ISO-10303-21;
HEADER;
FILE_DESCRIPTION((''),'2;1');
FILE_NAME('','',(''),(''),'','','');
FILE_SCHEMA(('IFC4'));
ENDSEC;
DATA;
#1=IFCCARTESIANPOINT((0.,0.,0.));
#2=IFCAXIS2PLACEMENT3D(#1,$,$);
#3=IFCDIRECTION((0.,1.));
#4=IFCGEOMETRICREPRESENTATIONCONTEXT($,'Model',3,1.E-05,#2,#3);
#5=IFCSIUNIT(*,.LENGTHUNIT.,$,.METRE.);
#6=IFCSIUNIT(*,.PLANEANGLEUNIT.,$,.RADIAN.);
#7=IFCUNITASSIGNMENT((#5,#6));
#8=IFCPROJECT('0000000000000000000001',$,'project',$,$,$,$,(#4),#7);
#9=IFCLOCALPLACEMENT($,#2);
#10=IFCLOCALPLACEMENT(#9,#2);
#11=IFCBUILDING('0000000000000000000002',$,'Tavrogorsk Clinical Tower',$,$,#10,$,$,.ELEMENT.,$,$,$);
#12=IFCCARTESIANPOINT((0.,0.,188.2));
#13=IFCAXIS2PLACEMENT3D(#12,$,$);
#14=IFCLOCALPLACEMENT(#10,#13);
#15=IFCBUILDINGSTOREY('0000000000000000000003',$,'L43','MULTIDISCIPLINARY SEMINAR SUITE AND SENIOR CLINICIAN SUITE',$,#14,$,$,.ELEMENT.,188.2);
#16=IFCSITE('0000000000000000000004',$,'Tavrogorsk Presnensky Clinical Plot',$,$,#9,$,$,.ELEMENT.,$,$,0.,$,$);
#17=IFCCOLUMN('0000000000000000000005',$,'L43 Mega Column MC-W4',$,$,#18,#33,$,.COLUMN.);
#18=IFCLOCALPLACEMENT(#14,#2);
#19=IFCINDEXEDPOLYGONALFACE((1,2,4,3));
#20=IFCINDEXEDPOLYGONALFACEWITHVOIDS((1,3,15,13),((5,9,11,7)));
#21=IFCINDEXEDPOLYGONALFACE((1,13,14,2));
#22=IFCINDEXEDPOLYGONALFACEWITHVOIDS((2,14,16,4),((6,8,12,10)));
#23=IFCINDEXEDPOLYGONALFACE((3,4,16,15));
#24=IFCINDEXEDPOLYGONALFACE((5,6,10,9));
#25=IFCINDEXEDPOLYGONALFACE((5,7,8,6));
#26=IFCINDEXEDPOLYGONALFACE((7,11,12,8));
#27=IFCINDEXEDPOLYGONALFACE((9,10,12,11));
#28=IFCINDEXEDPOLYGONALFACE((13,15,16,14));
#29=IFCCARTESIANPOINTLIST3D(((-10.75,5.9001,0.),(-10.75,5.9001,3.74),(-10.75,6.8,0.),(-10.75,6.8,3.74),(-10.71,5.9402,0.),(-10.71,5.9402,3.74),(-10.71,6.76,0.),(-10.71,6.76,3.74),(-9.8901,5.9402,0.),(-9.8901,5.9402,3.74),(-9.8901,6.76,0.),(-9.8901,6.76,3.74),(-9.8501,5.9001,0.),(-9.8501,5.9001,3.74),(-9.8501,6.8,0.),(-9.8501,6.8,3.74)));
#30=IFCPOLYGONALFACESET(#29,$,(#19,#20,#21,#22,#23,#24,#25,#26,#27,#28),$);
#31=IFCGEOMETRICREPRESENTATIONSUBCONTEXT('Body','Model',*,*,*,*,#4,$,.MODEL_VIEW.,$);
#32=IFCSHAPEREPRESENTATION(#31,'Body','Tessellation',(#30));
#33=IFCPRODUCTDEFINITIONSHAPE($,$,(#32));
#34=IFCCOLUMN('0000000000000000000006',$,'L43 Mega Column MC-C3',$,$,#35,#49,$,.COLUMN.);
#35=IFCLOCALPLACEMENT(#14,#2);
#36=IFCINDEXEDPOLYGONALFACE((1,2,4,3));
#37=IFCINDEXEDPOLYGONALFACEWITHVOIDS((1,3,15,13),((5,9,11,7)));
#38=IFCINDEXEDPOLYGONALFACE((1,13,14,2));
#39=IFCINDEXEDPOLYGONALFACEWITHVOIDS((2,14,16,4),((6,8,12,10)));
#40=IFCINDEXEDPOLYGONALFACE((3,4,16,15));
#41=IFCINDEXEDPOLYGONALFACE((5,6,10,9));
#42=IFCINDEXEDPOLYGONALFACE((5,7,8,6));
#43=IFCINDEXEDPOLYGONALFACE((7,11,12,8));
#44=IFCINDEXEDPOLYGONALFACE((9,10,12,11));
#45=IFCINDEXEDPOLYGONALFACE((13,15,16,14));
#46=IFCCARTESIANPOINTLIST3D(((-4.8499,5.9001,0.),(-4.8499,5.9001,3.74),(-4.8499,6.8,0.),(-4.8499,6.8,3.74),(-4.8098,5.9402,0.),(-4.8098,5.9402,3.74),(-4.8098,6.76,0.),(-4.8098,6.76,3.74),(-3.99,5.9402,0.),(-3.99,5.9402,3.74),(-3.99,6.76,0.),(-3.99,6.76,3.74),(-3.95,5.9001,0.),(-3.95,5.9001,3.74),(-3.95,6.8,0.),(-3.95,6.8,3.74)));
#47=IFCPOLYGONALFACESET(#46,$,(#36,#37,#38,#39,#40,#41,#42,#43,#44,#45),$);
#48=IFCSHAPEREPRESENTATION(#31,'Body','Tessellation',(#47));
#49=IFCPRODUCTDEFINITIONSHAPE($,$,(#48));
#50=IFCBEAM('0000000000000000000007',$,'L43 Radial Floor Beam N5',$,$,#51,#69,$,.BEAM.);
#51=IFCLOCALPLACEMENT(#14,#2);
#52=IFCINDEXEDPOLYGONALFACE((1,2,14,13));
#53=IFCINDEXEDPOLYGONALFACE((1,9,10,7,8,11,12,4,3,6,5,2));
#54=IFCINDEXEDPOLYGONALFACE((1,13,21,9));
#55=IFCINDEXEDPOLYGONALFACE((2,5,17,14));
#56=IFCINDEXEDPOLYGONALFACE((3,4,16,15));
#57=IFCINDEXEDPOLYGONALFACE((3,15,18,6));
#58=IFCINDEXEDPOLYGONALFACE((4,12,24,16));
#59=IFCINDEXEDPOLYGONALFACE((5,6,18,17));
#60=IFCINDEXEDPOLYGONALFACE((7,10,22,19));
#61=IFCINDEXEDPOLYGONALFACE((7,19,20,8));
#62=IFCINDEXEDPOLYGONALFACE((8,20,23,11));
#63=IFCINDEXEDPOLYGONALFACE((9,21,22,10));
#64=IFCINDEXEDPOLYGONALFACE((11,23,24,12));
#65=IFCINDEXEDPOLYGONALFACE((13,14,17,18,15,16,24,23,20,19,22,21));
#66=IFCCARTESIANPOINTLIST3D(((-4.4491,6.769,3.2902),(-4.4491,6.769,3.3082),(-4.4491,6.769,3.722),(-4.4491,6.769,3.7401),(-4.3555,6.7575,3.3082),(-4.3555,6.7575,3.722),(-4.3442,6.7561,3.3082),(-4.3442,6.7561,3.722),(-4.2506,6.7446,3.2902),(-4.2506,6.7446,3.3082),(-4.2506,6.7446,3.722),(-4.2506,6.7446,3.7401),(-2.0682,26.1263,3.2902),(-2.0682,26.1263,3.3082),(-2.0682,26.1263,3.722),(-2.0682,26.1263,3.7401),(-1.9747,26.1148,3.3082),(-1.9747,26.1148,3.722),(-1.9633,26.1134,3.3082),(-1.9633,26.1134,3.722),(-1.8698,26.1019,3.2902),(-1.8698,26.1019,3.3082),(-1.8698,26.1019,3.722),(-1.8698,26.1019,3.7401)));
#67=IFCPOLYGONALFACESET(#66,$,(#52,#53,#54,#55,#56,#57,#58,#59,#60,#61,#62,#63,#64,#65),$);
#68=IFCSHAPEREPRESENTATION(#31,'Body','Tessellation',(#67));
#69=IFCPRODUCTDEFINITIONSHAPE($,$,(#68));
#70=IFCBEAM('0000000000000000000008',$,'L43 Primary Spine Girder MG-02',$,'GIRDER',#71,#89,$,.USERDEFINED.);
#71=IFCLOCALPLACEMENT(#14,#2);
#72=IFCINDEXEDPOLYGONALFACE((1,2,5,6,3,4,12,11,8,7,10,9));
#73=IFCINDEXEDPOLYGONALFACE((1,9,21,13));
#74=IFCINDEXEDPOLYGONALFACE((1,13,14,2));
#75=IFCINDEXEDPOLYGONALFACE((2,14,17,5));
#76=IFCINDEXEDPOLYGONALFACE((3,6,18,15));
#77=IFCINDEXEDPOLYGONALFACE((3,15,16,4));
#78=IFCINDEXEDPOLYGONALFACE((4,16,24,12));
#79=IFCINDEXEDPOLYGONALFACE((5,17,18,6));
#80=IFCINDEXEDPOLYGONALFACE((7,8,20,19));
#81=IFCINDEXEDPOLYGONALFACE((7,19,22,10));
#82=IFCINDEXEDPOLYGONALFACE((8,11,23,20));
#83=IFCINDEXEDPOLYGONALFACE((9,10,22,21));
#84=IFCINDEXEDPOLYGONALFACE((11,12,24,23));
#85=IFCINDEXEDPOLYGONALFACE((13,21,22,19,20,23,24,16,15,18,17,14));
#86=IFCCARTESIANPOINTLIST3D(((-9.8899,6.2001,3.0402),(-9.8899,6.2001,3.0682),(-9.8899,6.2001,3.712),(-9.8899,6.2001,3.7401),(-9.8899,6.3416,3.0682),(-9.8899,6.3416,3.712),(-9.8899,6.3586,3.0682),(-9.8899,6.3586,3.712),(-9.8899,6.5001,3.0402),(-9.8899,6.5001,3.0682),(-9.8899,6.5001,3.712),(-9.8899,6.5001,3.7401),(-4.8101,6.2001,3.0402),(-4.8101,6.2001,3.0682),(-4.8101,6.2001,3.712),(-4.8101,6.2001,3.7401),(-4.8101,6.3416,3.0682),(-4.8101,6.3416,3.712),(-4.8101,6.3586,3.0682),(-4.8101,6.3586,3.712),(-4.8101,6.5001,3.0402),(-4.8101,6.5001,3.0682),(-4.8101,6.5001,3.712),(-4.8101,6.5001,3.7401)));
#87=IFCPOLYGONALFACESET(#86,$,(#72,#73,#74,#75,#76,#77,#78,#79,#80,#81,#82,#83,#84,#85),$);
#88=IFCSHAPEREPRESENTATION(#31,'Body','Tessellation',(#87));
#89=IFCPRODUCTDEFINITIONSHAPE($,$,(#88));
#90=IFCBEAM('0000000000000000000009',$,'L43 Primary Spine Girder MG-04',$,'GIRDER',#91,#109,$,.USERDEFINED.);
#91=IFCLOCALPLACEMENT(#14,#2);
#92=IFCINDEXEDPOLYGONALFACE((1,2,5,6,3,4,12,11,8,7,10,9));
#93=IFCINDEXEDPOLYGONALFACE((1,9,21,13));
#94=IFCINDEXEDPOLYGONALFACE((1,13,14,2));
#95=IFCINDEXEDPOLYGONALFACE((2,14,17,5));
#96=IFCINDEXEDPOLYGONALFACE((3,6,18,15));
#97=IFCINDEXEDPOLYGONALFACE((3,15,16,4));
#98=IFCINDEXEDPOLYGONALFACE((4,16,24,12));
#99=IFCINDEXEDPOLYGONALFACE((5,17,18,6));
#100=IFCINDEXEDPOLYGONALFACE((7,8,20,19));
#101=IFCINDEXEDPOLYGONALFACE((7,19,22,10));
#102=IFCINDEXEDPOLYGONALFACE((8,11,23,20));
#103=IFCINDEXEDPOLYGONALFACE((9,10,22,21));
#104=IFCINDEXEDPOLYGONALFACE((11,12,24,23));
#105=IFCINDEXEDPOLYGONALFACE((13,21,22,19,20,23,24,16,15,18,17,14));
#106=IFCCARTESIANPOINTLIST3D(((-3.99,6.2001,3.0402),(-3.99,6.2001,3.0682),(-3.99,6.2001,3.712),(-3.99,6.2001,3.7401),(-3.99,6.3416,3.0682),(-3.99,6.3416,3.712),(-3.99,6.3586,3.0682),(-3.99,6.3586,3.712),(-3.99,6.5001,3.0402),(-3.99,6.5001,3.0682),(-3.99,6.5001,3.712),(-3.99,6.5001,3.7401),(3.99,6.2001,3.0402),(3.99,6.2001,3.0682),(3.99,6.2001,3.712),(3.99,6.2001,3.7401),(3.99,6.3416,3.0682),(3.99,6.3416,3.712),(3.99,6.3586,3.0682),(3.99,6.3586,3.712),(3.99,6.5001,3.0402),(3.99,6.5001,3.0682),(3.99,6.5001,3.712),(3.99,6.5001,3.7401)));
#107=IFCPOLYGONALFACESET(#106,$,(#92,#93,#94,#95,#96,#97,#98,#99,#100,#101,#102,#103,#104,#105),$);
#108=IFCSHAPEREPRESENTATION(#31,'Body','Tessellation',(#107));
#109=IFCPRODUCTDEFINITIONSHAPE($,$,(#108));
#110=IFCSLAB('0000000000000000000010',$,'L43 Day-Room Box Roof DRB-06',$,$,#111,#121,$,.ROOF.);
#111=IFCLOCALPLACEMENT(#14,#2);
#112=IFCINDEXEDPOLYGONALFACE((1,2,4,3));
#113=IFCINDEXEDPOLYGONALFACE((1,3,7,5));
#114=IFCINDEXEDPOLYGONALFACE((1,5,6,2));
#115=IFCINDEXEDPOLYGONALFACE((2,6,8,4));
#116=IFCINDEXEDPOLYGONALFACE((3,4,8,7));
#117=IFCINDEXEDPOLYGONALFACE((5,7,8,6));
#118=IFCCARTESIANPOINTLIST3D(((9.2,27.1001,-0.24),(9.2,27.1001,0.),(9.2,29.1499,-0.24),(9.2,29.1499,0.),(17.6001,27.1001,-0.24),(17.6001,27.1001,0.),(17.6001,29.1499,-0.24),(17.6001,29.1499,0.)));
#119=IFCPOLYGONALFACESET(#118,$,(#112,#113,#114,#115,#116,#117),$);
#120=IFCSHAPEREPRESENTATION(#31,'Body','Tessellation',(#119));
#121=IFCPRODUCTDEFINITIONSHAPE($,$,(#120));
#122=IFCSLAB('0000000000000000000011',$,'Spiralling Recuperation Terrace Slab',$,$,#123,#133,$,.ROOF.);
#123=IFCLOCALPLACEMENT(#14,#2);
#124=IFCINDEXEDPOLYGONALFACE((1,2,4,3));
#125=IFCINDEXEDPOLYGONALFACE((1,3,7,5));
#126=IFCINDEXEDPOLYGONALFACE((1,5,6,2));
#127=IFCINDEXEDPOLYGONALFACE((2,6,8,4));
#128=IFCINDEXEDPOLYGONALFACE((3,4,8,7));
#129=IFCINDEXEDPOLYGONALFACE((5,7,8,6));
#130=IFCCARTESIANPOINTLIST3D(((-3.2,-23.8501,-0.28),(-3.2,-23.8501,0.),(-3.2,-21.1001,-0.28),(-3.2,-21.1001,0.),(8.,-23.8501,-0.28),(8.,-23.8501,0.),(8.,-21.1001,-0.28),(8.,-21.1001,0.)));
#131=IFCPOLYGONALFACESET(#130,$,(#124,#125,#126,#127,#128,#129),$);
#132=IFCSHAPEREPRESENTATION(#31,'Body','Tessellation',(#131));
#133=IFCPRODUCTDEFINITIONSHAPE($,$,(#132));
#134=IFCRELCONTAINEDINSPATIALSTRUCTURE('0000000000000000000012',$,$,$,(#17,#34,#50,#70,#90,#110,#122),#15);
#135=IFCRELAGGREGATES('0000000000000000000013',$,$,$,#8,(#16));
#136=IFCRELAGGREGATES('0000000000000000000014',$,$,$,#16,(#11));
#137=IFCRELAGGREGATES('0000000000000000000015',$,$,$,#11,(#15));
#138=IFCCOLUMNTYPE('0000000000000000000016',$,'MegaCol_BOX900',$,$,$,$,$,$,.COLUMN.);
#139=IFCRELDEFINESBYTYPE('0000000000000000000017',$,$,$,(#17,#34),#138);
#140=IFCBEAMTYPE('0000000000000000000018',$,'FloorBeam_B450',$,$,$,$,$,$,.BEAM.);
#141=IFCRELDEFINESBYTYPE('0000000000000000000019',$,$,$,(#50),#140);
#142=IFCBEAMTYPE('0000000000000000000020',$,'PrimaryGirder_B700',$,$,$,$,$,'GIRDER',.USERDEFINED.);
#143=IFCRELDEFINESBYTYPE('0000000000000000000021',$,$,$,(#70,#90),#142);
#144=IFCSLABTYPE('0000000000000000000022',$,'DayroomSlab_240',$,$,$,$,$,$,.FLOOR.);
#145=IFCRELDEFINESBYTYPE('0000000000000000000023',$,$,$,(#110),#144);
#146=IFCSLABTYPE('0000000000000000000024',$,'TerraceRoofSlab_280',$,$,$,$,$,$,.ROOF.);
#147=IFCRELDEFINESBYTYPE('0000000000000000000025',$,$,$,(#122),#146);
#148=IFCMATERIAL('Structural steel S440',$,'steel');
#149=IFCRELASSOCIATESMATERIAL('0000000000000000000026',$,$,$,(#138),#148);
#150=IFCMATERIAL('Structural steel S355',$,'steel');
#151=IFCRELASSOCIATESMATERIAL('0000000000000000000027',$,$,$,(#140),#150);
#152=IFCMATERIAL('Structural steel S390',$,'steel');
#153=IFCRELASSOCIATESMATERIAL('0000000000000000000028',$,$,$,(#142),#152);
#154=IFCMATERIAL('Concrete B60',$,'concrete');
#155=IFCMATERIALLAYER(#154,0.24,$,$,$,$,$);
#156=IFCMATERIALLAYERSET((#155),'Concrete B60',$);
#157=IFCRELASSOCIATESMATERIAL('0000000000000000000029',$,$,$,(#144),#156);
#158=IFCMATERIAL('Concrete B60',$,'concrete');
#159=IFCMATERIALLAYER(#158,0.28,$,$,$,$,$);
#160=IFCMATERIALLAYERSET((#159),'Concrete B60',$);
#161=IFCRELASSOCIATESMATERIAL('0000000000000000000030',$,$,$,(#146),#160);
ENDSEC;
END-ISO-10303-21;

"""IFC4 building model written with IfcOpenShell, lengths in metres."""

from ifc_helpers import new_model, si_unit, direction, frame, origin, origin_2d, place, context, subcontext, project, spatial, polyline, hollow_rectangle, i_section, outline, extrude, material, layer, layer_set, material_profile, profile_set, type_object, element, save


model = new_model("IFC4")

# Units and contexts
model_context = context("Model", 3, precision=1e-05, world=origin(), true_north=direction((0.0, 1.0)))
body_context = subcontext(model_context, "Body", "Model", "MODEL_VIEW")
ifc_project = project(units=[si_unit("LENGTHUNIT", "METRE"), si_unit("PLANEANGLEUNIT", "RADIAN")], contexts=[model_context])

# Site, building, storey
site_placement = place(None, origin())
site = spatial("IfcSite", under=ifc_project, at=site_placement, Name="Tavrogorsk Presnensky Clinical Plot", CompositionType="ELEMENT", RefElevation=0.0)
building_placement = place(site_placement, origin())
building = spatial("IfcBuilding", under=site, at=building_placement, Name="Tavrogorsk Clinical Tower", CompositionType="ELEMENT")
storey_placement = place(building_placement, frame((0.0, 0.0, 188.2)))
storey = spatial("IfcBuildingStorey", under=building, at=storey_placement, Name="L43", Description="MULTIDISCIPLINARY SEMINAR SUITE AND SENIOR CLINICIAN SUITE", CompositionType="ELEMENT", Elevation=188.2)

# Columns
ifc_material_1 = material(Name="Structural steel S440", Category="steel")
ifc_material_profile_1 = material_profile(ifc_material_1, hollow_rectangle(XDim=0.8999, YDim=0.8999, WallThickness=0.04, at=origin_2d()), Name="BOX-900x900x40")
ifc_profile_set_1 = profile_set([ifc_material_profile_1], Name="Structural steel S440")
column_type = type_object("IfcColumnType", Name="MegaCol_BOX900", PredefinedType="COLUMN", material=ifc_profile_set_1)
for number, where, z_axis, x_axis, name in (
    (1, (-10.3, 6.3501, 0.0), (0.0, 0.0, 1.0), (1.0, 0.0, 0.0), "L43 Mega Column MC-W4"),
    (2, (-4.3999, 6.3501, 0.0), (0.0, 0.0, 1.0), (1.0, 0.0, 0.0), "L43 Mega Column MC-C3"),
):
    element("IfcColumn", number, at=place(storey_placement, frame(where, z_axis=z_axis, x_axis=x_axis)), inside=storey, type_object=column_type, Name=name, PredefinedType="COLUMN", context=body_context, shape_type="SweptSolid", body=[
        extrude(hollow_rectangle(XDim=0.8999, YDim=0.8999, WallThickness=0.04, at=origin_2d()), origin(), (0.0, 0.0, 1.0), 3.74),
    ])

# Beams
ifc_material_2 = material(Name="Structural steel S355", Category="steel")
ifc_material_profile_2 = material_profile(ifc_material_2, i_section(OverallWidth=0.2, OverallDepth=0.45, WebThickness=0.0115, FlangeThickness=0.0181, at=origin_2d()), Name="B-450x200x11.5x18")
ifc_profile_set_2 = profile_set([ifc_material_profile_2], Name="Structural steel S355")
beam_type_1 = type_object("IfcBeamType", Name="FloorBeam_B450", PredefinedType="BEAM", material=ifc_profile_set_2)
beam_1_placement = place(storey_placement, frame((-4.3499, 6.7568, 3.5151), z_axis=(0.122075, 0.992521, 0.0), x_axis=(-0.992521, 0.122075, 0.0)))
element("IfcBeam", 3, at=beam_1_placement, inside=storey, type_object=beam_type_1, Name="L43 Radial Floor Beam N5", PredefinedType="BEAM", context=body_context, shape_type="SweptSolid", body=[
    extrude(i_section(OverallWidth=0.2, OverallDepth=0.45, WebThickness=0.0115, FlangeThickness=0.0181, at=origin_2d()), origin(), (0.0, 0.0, 1.0), 19.5032),
])
ifc_material_3 = material(Name="Structural steel S390", Category="steel")
ifc_material_profile_3 = material_profile(ifc_material_3, i_section(OverallWidth=0.3, OverallDepth=0.7, WebThickness=0.0171, FlangeThickness=0.0281, at=origin_2d()), Name="B-700x300x17x28")
ifc_profile_set_3 = profile_set([ifc_material_profile_3], Name="Structural steel S390")
beam_type_2 = type_object("IfcBeamType", Name="PrimaryGirder_B700", ElementType="GIRDER", PredefinedType="USERDEFINED", material=ifc_profile_set_3)
beam_2_placement = place(storey_placement, frame((-9.8899, 6.3501, 3.3901), z_axis=(1.0, 0.0, 0.0), x_axis=(0.0, 1.0, 0.0)))
element("IfcBeam", 4, at=beam_2_placement, inside=storey, type_object=beam_type_2, Name="L43 Primary Spine Girder MG-02", ObjectType="GIRDER", PredefinedType="USERDEFINED", context=body_context, shape_type="SweptSolid", body=[
    extrude(i_section(OverallWidth=0.3, OverallDepth=0.7, WebThickness=0.0171, FlangeThickness=0.0281, at=origin_2d()), origin(), (0.0, 0.0, 1.0), 5.0798),
])
beam_3_placement = place(storey_placement, frame((-3.99, 6.3501, 3.3901), z_axis=(1.0, 0.0, 0.0), x_axis=(0.0, 1.0, 0.0)))
element("IfcBeam", 5, at=beam_3_placement, inside=storey, type_object=beam_type_2, Name="L43 Primary Spine Girder MG-04", ObjectType="GIRDER", PredefinedType="USERDEFINED", context=body_context, shape_type="SweptSolid", body=[
    extrude(i_section(OverallWidth=0.3, OverallDepth=0.7, WebThickness=0.0171, FlangeThickness=0.0281, at=origin_2d()), origin(), (0.0, 0.0, 1.0), 7.98),
])

# Slabs
ifc_material_4 = material(Name="Concrete B60", Category="concrete")
ifc_layer_1 = layer(ifc_material_4, 0.24)
ifc_layer_set_1 = layer_set([ifc_layer_1], Name="Concrete B60")
slab_type_1 = type_object("IfcSlabType", Name="DayroomSlab_240", PredefinedType="FLOOR", material=ifc_layer_set_1)
slab_1_placement = place(storey_placement, frame((0.0, 0.0, -0.24)))
element("IfcSlab", 6, at=slab_1_placement, inside=storey, type_object=slab_type_1, Name="L43 Day-Room Box Roof DRB-06", PredefinedType="ROOF", context=body_context, shape_type="SweptSolid", body=[
    extrude(outline(polyline([(9.2, 29.1499), (17.6001, 29.1499), (17.6001, 27.1001), (9.2, 27.1001), (9.2, 29.1499)])), origin(), (0.0, 0.0, 1.0), 0.24),
])
ifc_material_5 = material(Name="Concrete B60", Category="concrete")
ifc_layer_2 = layer(ifc_material_5, 0.28)
ifc_layer_set_2 = layer_set([ifc_layer_2], Name="Concrete B60")
slab_type_2 = type_object("IfcSlabType", Name="TerraceRoofSlab_280", PredefinedType="ROOF", material=ifc_layer_set_2)
slab_2_placement = place(storey_placement, frame((0.0, 0.0, -0.28)))
element("IfcSlab", 7, at=slab_2_placement, inside=storey, type_object=slab_type_2, Name="Spiralling Recuperation Terrace Slab", PredefinedType="ROOF", context=body_context, shape_type="SweptSolid", body=[
    extrude(outline(polyline([(8.0, -23.8501), (-3.2, -23.8501), (-3.2, -21.1001), (8.0, -21.1001), (8.0, -23.8501)])), origin(), (0.0, 0.0, 1.0), 0.28),
])

save(model, "model.ifc")
